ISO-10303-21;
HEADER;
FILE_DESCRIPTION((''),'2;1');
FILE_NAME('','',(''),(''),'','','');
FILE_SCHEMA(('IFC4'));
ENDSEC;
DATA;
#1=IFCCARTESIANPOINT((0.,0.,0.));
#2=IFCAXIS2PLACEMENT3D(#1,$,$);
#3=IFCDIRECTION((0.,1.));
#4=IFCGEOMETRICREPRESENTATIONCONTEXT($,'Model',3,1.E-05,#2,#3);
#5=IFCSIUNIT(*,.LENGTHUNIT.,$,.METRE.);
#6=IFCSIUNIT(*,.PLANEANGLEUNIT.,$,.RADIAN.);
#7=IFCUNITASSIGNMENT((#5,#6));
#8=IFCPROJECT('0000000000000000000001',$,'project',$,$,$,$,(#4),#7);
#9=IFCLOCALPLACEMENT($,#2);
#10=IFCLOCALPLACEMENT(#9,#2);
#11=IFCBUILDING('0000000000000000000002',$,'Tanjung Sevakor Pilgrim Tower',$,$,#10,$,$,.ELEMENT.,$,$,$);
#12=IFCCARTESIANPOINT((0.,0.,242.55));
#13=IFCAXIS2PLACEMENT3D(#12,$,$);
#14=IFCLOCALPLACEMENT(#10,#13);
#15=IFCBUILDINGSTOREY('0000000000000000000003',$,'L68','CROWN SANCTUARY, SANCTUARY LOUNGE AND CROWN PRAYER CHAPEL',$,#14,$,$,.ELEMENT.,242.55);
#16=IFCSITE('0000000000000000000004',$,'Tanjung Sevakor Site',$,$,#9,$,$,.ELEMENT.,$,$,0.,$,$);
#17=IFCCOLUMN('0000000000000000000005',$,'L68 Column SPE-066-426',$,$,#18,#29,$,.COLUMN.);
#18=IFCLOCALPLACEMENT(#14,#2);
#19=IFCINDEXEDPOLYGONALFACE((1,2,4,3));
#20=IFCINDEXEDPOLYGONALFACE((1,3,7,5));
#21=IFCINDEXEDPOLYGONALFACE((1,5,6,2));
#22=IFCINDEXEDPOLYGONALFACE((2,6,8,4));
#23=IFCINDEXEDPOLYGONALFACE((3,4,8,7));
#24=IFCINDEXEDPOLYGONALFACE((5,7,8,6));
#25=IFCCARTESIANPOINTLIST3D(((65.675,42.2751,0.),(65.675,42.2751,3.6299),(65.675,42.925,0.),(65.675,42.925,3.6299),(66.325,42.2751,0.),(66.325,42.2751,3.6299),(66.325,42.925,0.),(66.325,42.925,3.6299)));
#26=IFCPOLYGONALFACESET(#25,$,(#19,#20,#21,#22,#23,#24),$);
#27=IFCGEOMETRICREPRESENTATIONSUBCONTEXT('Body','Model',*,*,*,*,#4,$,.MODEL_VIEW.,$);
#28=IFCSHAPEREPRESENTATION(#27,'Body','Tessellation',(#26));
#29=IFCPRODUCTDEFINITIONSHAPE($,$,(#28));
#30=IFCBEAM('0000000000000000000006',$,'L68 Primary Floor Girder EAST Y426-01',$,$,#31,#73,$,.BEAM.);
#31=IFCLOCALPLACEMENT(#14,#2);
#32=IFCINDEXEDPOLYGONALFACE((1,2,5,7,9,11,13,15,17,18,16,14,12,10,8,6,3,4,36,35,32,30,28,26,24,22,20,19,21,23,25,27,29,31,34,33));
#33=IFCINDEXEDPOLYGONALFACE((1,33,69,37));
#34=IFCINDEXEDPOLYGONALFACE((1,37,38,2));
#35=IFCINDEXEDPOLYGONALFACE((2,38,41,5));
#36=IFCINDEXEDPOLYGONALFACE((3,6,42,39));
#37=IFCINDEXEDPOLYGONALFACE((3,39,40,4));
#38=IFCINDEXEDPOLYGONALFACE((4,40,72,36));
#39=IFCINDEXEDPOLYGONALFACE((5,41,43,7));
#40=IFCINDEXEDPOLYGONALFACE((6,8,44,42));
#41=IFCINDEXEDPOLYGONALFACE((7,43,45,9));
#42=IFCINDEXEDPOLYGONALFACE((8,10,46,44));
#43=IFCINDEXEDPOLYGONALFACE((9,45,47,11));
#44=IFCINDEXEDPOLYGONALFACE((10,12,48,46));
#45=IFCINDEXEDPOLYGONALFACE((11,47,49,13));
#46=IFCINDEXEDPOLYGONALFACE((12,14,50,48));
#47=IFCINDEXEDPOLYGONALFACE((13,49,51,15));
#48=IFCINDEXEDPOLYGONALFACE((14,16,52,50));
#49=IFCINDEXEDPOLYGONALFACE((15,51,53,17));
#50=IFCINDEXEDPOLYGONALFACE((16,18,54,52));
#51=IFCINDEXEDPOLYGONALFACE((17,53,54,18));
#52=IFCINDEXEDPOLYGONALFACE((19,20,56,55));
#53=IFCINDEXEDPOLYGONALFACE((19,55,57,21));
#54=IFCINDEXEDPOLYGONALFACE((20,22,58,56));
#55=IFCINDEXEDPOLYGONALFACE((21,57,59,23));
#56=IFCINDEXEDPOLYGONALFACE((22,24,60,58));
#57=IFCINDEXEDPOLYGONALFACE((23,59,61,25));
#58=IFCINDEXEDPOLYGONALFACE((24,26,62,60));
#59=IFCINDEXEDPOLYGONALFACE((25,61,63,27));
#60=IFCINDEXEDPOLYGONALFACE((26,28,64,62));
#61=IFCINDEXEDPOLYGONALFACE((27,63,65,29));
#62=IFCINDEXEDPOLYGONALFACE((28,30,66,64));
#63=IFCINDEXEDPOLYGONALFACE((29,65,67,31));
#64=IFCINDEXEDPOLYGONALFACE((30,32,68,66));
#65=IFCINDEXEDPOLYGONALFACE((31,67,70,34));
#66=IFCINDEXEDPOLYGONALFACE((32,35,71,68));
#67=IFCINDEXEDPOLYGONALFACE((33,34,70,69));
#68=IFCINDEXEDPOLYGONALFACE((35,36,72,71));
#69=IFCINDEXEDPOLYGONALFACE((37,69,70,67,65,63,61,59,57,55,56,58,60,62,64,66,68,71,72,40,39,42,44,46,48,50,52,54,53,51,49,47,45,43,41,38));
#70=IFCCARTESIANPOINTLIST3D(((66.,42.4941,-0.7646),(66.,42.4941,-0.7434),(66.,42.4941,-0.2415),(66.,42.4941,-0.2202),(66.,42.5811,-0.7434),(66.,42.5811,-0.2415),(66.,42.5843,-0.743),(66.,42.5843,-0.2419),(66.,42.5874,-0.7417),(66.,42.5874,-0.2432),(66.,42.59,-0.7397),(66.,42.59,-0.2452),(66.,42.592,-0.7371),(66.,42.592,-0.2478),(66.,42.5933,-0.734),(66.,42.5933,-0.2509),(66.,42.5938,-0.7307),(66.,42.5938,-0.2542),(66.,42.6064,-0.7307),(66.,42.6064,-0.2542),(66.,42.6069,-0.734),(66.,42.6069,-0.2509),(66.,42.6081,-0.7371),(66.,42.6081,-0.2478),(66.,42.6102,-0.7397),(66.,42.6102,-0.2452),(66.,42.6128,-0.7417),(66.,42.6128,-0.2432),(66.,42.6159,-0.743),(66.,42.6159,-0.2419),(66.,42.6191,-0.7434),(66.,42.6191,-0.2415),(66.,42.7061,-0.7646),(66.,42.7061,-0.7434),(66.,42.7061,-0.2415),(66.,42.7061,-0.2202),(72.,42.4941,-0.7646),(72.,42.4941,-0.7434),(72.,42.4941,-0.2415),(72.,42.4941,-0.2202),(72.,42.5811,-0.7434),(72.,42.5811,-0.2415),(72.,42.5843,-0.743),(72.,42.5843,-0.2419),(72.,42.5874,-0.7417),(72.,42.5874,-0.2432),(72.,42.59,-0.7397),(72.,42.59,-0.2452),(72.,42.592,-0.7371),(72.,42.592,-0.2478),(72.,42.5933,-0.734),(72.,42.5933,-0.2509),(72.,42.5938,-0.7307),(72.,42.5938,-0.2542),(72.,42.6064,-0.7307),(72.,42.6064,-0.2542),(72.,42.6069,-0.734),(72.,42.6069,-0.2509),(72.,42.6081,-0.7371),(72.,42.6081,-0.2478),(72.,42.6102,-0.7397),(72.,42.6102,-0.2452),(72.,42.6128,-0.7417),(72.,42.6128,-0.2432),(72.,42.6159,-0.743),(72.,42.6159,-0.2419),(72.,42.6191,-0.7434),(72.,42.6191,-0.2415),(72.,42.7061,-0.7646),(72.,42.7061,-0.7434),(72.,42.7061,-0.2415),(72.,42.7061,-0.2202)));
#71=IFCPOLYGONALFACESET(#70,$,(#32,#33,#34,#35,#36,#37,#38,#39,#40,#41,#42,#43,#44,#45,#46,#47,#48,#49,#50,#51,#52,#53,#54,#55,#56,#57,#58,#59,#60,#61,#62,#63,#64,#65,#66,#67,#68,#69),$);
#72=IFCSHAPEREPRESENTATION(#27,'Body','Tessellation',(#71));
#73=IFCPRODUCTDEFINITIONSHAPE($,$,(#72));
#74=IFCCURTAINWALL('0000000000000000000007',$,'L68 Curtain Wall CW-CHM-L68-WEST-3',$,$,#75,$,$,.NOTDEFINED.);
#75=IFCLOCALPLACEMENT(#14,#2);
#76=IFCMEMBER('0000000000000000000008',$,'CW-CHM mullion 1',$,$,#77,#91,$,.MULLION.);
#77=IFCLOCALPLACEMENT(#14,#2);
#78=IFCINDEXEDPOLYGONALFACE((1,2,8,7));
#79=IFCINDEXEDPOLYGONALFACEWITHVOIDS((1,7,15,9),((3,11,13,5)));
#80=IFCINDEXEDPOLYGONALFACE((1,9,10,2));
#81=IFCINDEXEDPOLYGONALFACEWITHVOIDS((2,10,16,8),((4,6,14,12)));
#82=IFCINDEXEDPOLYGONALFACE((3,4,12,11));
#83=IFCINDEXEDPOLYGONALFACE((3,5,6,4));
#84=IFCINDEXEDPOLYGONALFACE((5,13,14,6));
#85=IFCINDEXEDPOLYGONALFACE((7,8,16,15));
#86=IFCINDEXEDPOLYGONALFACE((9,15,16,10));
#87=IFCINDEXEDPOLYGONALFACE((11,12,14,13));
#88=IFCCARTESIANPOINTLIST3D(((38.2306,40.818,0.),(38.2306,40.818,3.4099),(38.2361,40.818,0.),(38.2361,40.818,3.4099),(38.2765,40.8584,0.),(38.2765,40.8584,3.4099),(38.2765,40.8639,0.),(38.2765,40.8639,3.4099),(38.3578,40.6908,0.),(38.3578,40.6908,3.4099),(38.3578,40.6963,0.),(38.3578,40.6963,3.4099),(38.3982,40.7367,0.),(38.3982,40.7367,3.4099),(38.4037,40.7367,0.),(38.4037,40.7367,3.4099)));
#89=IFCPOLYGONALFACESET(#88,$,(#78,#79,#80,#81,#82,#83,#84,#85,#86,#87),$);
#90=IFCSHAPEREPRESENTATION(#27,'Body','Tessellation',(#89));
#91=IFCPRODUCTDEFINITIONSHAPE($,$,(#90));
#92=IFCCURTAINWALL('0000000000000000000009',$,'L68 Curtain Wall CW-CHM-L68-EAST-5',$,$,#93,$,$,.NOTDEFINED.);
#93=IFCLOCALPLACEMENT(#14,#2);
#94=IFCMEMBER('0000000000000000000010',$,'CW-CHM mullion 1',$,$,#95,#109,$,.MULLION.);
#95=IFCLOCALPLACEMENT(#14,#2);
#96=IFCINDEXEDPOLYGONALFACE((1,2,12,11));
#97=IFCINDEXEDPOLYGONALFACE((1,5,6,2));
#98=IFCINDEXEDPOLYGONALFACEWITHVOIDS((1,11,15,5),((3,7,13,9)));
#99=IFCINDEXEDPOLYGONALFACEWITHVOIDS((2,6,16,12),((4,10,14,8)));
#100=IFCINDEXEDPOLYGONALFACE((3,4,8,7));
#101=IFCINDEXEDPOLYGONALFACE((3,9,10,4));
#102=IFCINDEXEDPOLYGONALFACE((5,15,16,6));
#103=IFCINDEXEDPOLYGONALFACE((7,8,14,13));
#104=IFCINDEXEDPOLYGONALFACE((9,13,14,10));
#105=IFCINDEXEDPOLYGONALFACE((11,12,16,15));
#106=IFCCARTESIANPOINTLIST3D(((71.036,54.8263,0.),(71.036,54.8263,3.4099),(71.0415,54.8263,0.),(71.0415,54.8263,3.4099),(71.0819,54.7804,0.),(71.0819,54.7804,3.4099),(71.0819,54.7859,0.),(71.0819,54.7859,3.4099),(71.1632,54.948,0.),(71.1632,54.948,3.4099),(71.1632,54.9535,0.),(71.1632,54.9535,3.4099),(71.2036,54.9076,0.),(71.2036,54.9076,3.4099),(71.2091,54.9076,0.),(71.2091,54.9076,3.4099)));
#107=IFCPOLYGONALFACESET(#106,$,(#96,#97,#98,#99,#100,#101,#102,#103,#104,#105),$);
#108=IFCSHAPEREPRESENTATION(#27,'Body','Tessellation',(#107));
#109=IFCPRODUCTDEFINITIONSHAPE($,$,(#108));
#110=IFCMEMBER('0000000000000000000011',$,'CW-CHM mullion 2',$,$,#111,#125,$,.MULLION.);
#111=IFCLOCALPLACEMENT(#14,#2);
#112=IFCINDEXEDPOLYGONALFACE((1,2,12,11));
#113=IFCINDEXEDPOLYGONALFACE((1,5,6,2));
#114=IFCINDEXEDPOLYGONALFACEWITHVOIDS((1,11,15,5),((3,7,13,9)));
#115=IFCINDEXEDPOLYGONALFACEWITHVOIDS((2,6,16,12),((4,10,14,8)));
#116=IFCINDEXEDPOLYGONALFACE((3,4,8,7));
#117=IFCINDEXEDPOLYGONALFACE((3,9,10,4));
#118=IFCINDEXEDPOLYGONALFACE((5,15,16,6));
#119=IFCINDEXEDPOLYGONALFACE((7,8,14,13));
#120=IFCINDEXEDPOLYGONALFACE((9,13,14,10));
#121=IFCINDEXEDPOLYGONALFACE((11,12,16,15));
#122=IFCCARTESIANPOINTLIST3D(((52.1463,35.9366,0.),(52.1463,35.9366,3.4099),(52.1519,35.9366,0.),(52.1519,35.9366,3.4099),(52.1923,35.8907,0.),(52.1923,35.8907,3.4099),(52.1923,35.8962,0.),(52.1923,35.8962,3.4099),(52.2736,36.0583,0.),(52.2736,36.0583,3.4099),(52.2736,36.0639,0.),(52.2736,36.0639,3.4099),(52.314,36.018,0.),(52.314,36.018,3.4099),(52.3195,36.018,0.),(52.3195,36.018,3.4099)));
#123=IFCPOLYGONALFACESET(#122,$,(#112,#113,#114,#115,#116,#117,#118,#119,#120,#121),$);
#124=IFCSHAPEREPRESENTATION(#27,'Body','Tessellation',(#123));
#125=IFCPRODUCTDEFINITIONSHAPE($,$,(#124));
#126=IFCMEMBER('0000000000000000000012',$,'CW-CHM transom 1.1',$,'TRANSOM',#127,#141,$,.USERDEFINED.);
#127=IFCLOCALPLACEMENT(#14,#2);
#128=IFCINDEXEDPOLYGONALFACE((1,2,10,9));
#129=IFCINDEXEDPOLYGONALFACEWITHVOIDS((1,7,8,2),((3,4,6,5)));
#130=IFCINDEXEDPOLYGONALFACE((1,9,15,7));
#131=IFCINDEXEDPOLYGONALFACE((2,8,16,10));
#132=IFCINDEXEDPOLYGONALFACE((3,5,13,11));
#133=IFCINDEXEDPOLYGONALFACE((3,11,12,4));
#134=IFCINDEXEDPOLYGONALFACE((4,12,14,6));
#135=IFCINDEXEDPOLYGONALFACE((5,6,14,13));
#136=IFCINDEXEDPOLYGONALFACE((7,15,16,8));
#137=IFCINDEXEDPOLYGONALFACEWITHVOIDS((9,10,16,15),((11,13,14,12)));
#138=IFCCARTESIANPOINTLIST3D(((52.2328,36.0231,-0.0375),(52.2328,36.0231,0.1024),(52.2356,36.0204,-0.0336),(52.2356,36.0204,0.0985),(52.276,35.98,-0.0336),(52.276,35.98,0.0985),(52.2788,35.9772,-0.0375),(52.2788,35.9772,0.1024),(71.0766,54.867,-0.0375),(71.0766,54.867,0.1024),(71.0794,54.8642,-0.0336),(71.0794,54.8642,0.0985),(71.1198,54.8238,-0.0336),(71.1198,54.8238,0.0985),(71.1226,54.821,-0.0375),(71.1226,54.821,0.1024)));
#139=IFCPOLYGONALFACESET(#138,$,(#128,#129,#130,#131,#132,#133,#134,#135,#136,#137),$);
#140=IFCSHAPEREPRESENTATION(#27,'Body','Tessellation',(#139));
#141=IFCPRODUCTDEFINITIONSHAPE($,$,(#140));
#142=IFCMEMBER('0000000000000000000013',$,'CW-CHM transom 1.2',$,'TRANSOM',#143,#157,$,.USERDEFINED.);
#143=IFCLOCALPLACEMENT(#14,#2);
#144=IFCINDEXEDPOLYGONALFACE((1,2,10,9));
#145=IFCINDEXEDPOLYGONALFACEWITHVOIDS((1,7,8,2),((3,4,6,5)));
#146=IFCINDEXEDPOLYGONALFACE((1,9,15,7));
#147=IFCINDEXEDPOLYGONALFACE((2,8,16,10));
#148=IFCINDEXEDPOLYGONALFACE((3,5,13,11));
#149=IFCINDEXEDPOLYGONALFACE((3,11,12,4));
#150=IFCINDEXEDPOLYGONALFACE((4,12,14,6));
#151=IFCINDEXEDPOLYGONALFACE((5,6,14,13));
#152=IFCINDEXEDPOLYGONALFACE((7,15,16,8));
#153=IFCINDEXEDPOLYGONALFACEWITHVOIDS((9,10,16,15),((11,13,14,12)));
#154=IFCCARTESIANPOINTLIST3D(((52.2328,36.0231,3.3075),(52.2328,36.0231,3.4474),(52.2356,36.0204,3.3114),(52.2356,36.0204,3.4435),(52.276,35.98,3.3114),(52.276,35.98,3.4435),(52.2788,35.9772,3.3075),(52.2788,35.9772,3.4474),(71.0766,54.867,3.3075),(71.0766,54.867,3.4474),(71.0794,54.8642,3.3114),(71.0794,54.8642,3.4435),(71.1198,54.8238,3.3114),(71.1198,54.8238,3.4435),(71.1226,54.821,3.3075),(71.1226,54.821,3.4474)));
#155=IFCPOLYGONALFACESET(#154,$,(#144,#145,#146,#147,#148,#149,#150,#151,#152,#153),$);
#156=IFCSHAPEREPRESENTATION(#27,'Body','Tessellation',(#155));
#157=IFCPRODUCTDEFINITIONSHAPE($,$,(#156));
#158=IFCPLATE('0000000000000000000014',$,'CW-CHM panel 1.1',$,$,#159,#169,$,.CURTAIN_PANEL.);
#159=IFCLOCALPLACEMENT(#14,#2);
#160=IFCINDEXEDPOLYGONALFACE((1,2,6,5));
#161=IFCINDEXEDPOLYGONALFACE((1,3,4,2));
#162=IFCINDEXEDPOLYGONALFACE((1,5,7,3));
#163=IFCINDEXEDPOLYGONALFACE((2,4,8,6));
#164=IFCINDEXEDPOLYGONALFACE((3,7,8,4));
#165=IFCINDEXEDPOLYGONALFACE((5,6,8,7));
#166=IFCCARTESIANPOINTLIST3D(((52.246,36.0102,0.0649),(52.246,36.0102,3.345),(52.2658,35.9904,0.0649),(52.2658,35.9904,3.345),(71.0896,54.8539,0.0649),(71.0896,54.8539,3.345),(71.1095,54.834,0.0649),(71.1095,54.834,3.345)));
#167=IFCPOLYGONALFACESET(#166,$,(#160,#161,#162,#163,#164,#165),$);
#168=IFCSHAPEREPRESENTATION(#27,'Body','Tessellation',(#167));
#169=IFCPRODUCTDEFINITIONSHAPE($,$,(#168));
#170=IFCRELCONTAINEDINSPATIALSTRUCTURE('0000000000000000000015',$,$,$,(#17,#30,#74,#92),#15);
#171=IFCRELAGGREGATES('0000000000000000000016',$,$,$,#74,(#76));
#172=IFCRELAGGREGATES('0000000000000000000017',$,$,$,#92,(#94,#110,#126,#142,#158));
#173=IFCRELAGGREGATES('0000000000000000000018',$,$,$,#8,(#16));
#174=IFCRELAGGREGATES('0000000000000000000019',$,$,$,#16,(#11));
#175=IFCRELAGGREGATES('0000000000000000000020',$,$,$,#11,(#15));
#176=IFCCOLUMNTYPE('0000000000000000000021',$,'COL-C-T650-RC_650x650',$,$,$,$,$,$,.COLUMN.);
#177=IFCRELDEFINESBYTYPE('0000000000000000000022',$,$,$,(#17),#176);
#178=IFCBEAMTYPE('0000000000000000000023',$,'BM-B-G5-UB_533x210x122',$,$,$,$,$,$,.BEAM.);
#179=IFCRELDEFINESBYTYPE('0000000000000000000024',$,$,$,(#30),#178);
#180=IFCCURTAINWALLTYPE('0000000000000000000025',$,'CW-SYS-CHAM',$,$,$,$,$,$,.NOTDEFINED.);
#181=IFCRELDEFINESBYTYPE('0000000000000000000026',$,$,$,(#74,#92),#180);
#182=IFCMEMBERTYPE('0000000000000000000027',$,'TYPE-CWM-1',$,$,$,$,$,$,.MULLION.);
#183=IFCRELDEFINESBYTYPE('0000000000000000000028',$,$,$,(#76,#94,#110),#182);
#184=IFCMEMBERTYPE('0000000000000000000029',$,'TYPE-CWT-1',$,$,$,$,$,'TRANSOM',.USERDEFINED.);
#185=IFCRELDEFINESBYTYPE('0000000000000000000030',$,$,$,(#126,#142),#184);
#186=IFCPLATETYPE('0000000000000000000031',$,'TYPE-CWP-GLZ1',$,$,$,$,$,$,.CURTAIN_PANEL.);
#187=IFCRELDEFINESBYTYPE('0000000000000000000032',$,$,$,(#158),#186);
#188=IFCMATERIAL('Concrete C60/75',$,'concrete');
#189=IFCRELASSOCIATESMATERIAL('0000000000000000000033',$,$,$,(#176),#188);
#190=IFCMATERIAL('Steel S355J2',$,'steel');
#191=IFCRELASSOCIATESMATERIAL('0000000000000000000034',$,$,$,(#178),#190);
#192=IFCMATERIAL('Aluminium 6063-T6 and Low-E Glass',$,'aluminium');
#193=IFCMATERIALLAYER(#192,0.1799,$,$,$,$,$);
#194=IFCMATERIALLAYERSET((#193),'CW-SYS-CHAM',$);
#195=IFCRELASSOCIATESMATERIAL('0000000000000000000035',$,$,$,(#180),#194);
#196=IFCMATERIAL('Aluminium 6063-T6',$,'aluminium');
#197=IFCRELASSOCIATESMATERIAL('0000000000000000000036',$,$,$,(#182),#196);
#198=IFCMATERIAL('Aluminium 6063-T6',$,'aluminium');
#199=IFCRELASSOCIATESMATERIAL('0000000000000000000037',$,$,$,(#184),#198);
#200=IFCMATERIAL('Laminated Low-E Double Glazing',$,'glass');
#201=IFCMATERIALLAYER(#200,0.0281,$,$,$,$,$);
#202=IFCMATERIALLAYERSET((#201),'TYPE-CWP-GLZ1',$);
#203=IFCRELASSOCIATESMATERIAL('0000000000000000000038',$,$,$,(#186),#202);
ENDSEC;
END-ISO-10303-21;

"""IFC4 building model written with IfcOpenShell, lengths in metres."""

from ifc_helpers import new_model, si_unit, direction, frame, origin, origin_2d, place, context, subcontext, project, spatial, rectangle, hollow_rectangle, i_section, extrude, material, layer, layer_set, material_profile, profile_set, type_object, element, aggregate, save


model = new_model("IFC4")

# Units and contexts
model_context = context("Model", 3, precision=1e-05, world=origin(), true_north=direction((0.0, 1.0)))
body_context = subcontext(model_context, "Body", "Model", "MODEL_VIEW")
ifc_project = project(units=[si_unit("LENGTHUNIT", "METRE"), si_unit("PLANEANGLEUNIT", "RADIAN")], contexts=[model_context])

# Site, building, storey
site_placement = place(None, origin())
site = spatial("IfcSite", under=ifc_project, at=site_placement, Name="Tanjung Sevakor Site", CompositionType="ELEMENT", RefElevation=0.0)
building_placement = place(site_placement, origin())
building = spatial("IfcBuilding", under=site, at=building_placement, Name="Tanjung Sevakor Pilgrim Tower", CompositionType="ELEMENT")
storey_placement = place(building_placement, frame((0.0, 0.0, 242.55)))
storey = spatial("IfcBuildingStorey", under=building, at=storey_placement, Name="L68", Description="CROWN SANCTUARY, SANCTUARY LOUNGE AND CROWN PRAYER CHAPEL", CompositionType="ELEMENT", Elevation=242.55)

# Column
ifc_material_1 = material(Name="Concrete C60/75", Category="concrete")
ifc_material_profile_1 = material_profile(ifc_material_1, rectangle(XDim=0.6499, YDim=0.6499, at=origin_2d()))
ifc_profile_set_1 = profile_set([ifc_material_profile_1], Name="Concrete C60/75")
column_type = type_object("IfcColumnType", Name="COL-C-T650-RC_650x650", PredefinedType="COLUMN", material=ifc_profile_set_1)
column_placement = place(storey_placement, frame((66.0, 42.6001, 0.0), z_axis=(0.0, 0.0, 1.0), x_axis=(1.0, 0.0, 0.0)))
element("IfcColumn", 1, at=column_placement, inside=storey, type_object=column_type, Name="L68 Column SPE-066-426", PredefinedType="COLUMN", context=body_context, shape_type="SweptSolid", body=[
    extrude(rectangle(XDim=0.6499, YDim=0.6499, at=origin_2d()), origin(), (0.0, 0.0, 1.0), 3.6299),
])

# Beam
ifc_material_2 = material(Name="Steel S355J2", Category="steel")
ifc_material_profile_2 = material_profile(ifc_material_2, i_section(OverallWidth=0.2119, OverallDepth=0.5444, WebThickness=0.0127, FlangeThickness=0.0212, FilletRadius=0.0127, at=origin_2d()))
ifc_profile_set_2 = profile_set([ifc_material_profile_2], Name="Steel S355J2")
beam_type = type_object("IfcBeamType", Name="BM-B-G5-UB_533x210x122", PredefinedType="BEAM", material=ifc_profile_set_2)
beam_placement = place(storey_placement, frame((66.0, 42.6001, -0.4924), z_axis=(1.0, 0.0, 0.0), x_axis=(0.0, 1.0, 0.0)))
element("IfcBeam", 2, at=beam_placement, inside=storey, type_object=beam_type, Name="L68 Primary Floor Girder EAST Y426-01", PredefinedType="BEAM", context=body_context, shape_type="SweptSolid", body=[
    extrude(i_section(OverallWidth=0.2119, OverallDepth=0.5444, WebThickness=0.0127, FlangeThickness=0.0212, FilletRadius=0.0127, at=origin_2d()), origin(), (0.0, 0.0, 1.0), 6.0),
])

# Curtain wall, member
ifc_material_3 = material(Name="Aluminium 6063-T6 and Low-E Glass", Category="aluminium")
ifc_layer_1 = layer(ifc_material_3, 0.1799)
ifc_layer_set_1 = layer_set([ifc_layer_1], Name="CW-SYS-CHAM")
curtain_wall_type = type_object("IfcCurtainWallType", Name="CW-SYS-CHAM", PredefinedType="NOTDEFINED", material=ifc_layer_set_1)
curtain_wall_1_placement = place(storey_placement, origin())
curtain_wall_1 = element("IfcCurtainWall", 3, at=curtain_wall_1_placement, inside=storey, type_object=curtain_wall_type, Name="L68 Curtain Wall CW-CHM-L68-WEST-3", PredefinedType="NOTDEFINED")
ifc_material_4 = material(Name="Aluminium 6063-T6", Category="aluminium")
ifc_material_profile_3 = material_profile(ifc_material_4, hollow_rectangle(XDim=0.0649, YDim=0.1799, WallThickness=0.0039, at=origin_2d()))
ifc_profile_set_3 = profile_set([ifc_material_profile_3], Name="Aluminium 6063-T6")
member_type_1 = type_object("IfcMemberType", Name="TYPE-CWM-1", PredefinedType="MULLION", material=ifc_profile_set_3)
member_1_placement = place(storey_placement, frame((38.3171, 40.7773, 0.0), z_axis=(0.0, 0.0, 1.0), x_axis=(-0.707107, -0.707107, 0.0)))
member_1 = element("IfcMember", 4, at=member_1_placement, type_object=member_type_1, Name="CW-CHM mullion 1", PredefinedType="MULLION", context=body_context, shape_type="SweptSolid", body=[
    extrude(hollow_rectangle(XDim=0.0649, YDim=0.1799, WallThickness=0.0039, at=origin_2d()), origin(), (0.0, 0.0, 1.0), 3.4099),
])
aggregate(curtain_wall_1, [member_1])

# Curtain wall, members, plate
curtain_wall_2_placement = place(storey_placement, origin())
curtain_wall_2 = element("IfcCurtainWall", 5, at=curtain_wall_2_placement, inside=storey, type_object=curtain_wall_type, Name="L68 Curtain Wall CW-CHM-L68-EAST-5", PredefinedType="NOTDEFINED")
member_2_placement = place(storey_placement, frame((71.1226, 54.8669, 0.0), z_axis=(0.0, 0.0, 1.0), x_axis=(0.707107, -0.707107, 0.0)))
member_2 = element("IfcMember", 6, at=member_2_placement, type_object=member_type_1, Name="CW-CHM mullion 1", PredefinedType="MULLION", context=body_context, shape_type="SweptSolid", body=[
    extrude(hollow_rectangle(XDim=0.0649, YDim=0.1799, WallThickness=0.0039, at=origin_2d()), origin(), (0.0, 0.0, 1.0), 3.4099),
])
member_3_placement = place(storey_placement, frame((52.2329, 35.9773, 0.0), z_axis=(0.0, 0.0, 1.0), x_axis=(0.707107, -0.707107, 0.0)))
member_3 = element("IfcMember", 7, at=member_3_placement, type_object=member_type_1, Name="CW-CHM mullion 2", PredefinedType="MULLION", context=body_context, shape_type="SweptSolid", body=[
    extrude(hollow_rectangle(XDim=0.0649, YDim=0.1799, WallThickness=0.0039, at=origin_2d()), origin(), (0.0, 0.0, 1.0), 3.4099),
])
ifc_material_5 = material(Name="Aluminium 6063-T6", Category="aluminium")
ifc_material_profile_4 = material_profile(ifc_material_5, hollow_rectangle(XDim=0.0649, YDim=0.1399, WallThickness=0.0039, at=origin_2d()))
ifc_profile_set_4 = profile_set([ifc_material_profile_4], Name="Aluminium 6063-T6")
member_type_2 = type_object("IfcMemberType", Name="TYPE-CWT-1", ElementType="TRANSOM", PredefinedType="USERDEFINED", material=ifc_profile_set_4)
member_4_placement = place(storey_placement, frame((71.0996, 54.844, 0.0325), z_axis=(-0.707107, -0.707107, 0.0), x_axis=(0.707107, -0.707107, 0.0)))
member_4 = element("IfcMember", 8, at=member_4_placement, type_object=member_type_2, Name="CW-CHM transom 1.1", ObjectType="TRANSOM", PredefinedType="USERDEFINED", context=body_context, shape_type="SweptSolid", body=[
    extrude(hollow_rectangle(XDim=0.0649, YDim=0.1399, WallThickness=0.0039, at=origin_2d()), origin(), (0.0, 0.0, 1.0), 26.6492),
])
member_5_placement = place(storey_placement, frame((71.0996, 54.844, 3.3774), z_axis=(-0.707107, -0.707107, 0.0), x_axis=(0.707107, -0.707107, 0.0)))
member_5 = element("IfcMember", 9, at=member_5_placement, type_object=member_type_2, Name="CW-CHM transom 1.2", ObjectType="TRANSOM", PredefinedType="USERDEFINED", context=body_context, shape_type="SweptSolid", body=[
    extrude(hollow_rectangle(XDim=0.0649, YDim=0.1399, WallThickness=0.0039, at=origin_2d()), origin(), (0.0, 0.0, 1.0), 26.6492),
])
ifc_material_6 = material(Name="Laminated Low-E Double Glazing", Category="glass")
ifc_layer_2 = layer(ifc_material_6, 0.0281)
ifc_layer_set_2 = layer_set([ifc_layer_2], Name="TYPE-CWP-GLZ1")
plate_type = type_object("IfcPlateType", Name="TYPE-CWP-GLZ1", PredefinedType="CURTAIN_PANEL", material=ifc_layer_set_2)
plate_placement = place(storey_placement, frame((61.6777, 45.4221, 0.0649), z_axis=(0.0, 0.0, 1.0), x_axis=(-0.707107, -0.707107, 0.0)))
plate = element("IfcPlate", 10, at=plate_placement, type_object=plate_type, Name="CW-CHM panel 1.1", PredefinedType="CURTAIN_PANEL", context=body_context, shape_type="SweptSolid", body=[
    extrude(rectangle(XDim=26.6489, YDim=0.0281, at=origin_2d()), origin(), (0.0, 0.0, 1.0), 3.28),
])
aggregate(curtain_wall_2, [member_2, member_3, member_4, member_5, plate])

save(model, "model.ifc")
